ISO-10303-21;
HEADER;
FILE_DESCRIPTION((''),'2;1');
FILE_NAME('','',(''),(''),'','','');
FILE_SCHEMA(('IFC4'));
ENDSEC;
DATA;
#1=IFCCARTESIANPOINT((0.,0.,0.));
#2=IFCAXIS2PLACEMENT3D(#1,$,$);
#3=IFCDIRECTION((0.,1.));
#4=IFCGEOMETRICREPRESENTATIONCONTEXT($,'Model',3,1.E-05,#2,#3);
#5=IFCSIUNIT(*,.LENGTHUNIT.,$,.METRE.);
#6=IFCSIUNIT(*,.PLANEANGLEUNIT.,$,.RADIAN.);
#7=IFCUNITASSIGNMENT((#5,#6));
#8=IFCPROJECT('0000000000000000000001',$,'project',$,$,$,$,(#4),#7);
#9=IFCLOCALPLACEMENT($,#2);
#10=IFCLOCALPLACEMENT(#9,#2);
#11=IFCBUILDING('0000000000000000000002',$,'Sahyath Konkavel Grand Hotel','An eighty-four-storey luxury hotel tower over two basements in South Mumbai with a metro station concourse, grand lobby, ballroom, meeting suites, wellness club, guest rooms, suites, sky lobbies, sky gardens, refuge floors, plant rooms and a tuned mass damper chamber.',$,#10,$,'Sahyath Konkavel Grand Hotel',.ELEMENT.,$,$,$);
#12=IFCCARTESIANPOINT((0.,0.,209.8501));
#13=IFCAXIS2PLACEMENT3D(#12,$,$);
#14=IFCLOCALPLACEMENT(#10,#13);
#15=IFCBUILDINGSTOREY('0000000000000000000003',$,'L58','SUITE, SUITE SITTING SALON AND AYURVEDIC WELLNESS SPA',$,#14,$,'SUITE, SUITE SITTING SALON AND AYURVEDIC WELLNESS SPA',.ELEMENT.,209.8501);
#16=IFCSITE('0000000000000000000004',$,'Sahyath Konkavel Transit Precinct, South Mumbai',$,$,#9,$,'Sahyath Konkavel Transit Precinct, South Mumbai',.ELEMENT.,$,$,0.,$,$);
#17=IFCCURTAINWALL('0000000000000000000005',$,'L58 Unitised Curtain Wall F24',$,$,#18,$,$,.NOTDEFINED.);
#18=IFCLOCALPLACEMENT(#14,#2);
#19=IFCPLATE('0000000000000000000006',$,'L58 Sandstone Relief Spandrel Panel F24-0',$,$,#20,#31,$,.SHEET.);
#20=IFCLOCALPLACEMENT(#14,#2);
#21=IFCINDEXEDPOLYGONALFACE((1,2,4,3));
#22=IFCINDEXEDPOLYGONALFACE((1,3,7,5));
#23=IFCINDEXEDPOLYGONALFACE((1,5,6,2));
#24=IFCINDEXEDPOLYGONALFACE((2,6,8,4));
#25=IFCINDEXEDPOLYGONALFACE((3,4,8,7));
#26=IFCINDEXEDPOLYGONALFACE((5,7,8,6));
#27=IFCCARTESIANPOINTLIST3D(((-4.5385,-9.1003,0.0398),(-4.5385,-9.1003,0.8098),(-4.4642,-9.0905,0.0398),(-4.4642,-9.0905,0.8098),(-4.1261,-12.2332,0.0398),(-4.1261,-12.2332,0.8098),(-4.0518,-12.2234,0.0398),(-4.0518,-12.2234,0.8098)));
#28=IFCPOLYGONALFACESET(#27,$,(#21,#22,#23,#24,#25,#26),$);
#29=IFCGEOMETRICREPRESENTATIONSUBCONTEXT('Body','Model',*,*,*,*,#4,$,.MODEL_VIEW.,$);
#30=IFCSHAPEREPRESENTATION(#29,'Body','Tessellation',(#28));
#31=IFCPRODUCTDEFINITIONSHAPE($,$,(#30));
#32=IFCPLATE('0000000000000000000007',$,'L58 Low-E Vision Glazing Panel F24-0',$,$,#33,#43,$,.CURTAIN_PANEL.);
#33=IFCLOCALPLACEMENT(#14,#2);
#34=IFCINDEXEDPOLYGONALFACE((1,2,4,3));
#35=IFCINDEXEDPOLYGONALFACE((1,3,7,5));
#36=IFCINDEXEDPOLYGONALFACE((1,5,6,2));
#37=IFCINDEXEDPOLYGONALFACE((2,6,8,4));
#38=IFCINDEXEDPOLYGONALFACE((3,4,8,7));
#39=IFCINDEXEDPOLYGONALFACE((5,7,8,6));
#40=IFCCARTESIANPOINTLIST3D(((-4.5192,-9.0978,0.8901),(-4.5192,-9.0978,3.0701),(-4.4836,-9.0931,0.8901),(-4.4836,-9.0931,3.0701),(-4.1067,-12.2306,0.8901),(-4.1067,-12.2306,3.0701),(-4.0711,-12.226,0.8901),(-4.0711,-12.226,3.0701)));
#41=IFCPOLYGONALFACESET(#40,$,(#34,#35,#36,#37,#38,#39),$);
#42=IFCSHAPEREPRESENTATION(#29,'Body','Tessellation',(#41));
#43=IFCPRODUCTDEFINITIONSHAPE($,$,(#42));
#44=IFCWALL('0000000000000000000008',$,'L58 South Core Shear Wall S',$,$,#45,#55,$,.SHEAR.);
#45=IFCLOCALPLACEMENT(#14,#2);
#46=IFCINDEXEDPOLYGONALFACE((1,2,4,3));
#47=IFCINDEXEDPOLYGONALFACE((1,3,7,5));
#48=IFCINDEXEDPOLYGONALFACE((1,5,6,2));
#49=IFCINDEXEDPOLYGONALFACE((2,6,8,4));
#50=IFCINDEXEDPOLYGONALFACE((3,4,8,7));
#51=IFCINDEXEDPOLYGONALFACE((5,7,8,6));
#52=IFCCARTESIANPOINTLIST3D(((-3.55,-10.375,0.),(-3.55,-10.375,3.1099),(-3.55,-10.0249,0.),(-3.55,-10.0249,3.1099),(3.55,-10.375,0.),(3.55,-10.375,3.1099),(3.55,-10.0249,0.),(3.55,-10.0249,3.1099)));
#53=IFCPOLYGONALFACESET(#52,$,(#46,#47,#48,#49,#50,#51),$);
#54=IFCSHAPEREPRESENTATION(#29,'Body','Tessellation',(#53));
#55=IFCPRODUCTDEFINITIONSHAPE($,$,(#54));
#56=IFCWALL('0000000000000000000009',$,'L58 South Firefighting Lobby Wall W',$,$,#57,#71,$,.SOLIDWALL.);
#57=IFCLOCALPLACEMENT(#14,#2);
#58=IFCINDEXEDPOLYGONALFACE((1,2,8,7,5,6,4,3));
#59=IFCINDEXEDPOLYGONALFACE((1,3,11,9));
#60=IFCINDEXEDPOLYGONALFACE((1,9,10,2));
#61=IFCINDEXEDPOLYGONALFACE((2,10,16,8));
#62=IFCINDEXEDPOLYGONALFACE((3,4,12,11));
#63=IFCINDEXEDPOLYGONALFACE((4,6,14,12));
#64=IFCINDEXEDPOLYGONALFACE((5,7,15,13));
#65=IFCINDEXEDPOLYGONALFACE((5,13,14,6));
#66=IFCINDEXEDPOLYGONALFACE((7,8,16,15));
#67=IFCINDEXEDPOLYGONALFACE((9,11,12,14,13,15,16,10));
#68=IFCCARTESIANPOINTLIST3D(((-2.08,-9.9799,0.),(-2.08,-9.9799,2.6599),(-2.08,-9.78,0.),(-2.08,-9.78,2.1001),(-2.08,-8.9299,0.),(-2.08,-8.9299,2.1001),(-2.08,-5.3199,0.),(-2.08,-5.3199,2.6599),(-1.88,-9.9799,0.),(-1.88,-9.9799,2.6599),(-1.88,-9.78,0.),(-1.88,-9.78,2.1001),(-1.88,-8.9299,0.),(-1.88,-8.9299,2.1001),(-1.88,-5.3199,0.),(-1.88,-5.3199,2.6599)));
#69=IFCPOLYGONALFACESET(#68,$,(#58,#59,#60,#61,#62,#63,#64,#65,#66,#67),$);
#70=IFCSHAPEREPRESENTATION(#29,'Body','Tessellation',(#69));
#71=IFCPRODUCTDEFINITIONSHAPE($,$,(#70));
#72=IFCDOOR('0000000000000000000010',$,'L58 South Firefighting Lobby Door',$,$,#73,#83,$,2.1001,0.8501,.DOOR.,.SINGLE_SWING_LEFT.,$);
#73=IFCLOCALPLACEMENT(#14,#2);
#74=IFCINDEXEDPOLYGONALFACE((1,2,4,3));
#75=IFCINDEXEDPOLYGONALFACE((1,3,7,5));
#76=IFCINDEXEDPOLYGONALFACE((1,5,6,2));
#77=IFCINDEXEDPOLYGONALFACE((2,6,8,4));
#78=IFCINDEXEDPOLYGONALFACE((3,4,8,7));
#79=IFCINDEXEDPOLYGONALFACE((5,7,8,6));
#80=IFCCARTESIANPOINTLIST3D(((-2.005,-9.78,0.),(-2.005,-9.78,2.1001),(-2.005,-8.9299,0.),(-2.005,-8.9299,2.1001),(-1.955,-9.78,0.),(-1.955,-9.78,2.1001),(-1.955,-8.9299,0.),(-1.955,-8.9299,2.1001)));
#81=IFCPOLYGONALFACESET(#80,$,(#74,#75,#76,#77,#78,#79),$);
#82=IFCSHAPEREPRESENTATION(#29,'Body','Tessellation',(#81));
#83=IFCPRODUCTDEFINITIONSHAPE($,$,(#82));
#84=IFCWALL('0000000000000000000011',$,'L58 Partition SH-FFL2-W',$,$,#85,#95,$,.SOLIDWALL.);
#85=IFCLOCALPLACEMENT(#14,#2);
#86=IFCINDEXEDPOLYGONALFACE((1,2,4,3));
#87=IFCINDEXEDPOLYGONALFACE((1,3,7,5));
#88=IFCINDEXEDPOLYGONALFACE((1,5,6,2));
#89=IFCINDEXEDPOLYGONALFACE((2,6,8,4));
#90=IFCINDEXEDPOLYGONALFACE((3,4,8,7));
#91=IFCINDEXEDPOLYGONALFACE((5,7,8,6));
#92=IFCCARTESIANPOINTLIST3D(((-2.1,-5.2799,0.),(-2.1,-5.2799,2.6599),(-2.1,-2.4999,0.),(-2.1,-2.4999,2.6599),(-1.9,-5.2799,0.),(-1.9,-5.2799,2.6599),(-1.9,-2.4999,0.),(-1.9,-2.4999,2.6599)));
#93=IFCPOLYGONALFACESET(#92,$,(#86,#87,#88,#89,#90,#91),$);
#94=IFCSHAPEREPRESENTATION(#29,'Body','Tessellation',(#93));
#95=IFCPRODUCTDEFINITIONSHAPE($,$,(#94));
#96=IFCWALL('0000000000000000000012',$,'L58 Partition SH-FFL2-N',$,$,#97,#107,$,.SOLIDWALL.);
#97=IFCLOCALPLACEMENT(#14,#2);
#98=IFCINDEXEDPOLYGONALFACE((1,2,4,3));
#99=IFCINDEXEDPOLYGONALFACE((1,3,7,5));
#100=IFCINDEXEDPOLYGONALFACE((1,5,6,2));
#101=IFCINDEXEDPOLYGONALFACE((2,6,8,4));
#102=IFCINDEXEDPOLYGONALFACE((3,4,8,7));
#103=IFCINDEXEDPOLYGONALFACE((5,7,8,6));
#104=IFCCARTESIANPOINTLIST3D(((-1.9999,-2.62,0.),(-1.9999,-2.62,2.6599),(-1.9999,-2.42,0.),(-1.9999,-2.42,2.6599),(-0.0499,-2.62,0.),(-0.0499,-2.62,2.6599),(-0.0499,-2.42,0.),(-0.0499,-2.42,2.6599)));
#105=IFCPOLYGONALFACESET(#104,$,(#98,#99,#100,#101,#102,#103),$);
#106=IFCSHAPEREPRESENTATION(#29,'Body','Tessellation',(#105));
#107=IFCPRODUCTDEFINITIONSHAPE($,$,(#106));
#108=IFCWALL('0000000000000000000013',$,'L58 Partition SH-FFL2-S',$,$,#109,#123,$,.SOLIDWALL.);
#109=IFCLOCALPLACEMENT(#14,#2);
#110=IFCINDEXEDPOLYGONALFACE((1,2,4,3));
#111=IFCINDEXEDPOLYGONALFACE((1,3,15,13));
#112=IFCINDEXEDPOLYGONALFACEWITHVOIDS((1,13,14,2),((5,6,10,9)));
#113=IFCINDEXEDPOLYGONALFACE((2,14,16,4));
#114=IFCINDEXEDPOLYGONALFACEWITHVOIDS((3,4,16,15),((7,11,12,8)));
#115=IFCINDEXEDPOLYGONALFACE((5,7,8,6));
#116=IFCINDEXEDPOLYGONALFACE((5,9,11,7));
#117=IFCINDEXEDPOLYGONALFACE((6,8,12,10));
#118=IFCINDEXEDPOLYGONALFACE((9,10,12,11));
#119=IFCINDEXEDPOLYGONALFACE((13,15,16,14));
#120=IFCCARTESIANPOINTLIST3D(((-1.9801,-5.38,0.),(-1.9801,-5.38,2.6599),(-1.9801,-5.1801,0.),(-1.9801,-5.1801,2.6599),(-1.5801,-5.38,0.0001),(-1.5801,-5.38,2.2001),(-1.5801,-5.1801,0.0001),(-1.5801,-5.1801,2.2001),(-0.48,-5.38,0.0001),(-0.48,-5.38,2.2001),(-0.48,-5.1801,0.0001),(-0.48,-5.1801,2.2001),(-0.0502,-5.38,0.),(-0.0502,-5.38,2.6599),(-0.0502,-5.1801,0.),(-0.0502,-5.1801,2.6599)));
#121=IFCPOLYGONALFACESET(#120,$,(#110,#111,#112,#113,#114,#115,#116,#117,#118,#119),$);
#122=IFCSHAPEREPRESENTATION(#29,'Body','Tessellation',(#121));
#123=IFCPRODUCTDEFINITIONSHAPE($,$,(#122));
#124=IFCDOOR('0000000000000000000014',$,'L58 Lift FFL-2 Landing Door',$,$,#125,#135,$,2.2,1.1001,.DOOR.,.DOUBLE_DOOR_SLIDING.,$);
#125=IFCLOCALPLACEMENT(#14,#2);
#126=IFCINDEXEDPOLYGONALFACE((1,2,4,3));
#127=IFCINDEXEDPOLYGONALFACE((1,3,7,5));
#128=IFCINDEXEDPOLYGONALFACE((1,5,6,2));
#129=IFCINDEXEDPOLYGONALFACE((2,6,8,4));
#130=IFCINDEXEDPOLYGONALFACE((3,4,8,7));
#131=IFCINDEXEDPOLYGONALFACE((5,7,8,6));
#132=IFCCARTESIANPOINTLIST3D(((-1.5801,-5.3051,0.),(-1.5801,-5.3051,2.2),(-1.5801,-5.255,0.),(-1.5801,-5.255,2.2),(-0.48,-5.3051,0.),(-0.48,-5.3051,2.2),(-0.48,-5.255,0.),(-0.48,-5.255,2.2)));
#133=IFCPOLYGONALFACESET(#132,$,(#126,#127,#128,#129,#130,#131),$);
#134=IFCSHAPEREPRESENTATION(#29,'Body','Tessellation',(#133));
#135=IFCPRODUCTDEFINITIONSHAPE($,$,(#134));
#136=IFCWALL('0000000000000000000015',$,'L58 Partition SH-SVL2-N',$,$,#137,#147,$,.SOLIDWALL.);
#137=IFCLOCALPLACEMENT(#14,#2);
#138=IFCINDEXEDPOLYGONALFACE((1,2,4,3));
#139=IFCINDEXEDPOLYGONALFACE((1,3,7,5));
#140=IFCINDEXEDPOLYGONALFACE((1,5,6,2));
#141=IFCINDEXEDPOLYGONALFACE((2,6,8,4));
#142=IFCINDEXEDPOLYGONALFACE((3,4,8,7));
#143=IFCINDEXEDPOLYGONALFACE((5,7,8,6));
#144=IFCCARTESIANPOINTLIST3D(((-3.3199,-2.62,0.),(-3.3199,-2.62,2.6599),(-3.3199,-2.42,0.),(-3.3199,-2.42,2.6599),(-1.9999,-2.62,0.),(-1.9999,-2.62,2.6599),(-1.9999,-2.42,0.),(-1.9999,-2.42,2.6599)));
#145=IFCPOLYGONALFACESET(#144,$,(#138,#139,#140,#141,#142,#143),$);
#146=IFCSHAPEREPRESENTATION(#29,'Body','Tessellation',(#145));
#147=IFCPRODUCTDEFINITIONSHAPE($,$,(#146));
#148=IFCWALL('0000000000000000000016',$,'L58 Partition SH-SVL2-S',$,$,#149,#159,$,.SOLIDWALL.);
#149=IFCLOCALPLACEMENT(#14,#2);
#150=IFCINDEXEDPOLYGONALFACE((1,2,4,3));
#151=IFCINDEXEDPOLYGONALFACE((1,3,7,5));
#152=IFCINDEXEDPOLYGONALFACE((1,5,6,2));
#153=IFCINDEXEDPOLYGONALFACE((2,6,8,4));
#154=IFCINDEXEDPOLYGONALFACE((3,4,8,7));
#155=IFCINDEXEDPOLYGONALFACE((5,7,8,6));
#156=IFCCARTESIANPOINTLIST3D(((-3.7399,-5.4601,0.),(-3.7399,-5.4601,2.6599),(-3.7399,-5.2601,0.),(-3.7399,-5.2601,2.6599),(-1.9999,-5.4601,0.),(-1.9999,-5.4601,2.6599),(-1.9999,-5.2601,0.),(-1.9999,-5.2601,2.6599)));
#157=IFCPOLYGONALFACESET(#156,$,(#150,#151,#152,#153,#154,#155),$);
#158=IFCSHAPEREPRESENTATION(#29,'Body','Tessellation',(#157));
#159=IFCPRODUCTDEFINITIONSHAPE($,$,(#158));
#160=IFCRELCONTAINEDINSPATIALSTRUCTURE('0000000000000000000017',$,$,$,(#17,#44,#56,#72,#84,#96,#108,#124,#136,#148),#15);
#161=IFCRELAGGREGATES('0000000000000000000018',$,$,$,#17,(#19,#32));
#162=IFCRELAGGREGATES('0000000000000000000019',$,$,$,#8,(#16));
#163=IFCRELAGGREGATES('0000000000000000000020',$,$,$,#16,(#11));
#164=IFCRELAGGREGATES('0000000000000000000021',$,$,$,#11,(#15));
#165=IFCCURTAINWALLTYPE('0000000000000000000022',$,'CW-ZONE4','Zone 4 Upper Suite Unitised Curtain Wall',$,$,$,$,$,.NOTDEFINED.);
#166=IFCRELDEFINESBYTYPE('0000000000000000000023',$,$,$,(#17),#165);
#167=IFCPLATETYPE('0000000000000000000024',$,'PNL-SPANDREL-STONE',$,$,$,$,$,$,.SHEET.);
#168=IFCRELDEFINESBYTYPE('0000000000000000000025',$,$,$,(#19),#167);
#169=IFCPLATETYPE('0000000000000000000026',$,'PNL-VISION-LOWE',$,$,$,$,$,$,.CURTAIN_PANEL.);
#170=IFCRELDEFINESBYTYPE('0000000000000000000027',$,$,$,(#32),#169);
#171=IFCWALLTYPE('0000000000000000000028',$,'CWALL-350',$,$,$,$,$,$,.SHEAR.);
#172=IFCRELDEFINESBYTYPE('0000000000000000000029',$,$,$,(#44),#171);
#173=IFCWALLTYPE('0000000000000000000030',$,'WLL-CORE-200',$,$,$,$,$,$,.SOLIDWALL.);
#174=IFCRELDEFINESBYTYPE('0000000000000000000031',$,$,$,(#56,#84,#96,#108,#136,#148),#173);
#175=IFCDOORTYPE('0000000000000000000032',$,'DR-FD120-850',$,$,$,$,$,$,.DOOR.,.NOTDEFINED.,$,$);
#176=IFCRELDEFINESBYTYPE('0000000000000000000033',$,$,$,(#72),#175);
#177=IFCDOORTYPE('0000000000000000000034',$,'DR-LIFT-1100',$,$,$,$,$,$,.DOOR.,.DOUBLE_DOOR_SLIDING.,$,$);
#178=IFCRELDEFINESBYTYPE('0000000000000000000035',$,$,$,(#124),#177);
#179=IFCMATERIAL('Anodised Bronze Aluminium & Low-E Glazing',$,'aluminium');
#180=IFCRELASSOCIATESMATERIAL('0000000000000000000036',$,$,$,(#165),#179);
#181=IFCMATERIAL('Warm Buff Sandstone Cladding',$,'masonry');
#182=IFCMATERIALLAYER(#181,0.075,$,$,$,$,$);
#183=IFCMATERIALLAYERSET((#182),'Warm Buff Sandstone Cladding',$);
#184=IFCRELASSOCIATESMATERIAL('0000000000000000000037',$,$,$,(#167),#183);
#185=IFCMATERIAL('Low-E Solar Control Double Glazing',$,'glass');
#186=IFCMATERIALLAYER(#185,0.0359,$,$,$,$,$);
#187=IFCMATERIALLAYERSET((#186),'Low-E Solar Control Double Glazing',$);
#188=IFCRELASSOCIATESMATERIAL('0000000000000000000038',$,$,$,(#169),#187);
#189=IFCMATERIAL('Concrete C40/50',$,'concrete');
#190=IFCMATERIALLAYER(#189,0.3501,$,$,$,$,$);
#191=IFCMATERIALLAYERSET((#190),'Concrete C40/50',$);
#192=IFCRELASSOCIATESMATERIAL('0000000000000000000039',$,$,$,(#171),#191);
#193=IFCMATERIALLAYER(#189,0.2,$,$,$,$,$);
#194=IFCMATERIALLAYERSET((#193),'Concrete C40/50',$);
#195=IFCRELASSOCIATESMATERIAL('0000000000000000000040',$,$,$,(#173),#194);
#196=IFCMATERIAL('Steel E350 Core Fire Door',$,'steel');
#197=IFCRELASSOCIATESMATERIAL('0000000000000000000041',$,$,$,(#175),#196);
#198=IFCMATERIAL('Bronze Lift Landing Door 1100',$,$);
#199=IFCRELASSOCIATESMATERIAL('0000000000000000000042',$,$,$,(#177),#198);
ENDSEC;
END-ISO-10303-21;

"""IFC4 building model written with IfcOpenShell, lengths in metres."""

from ifc_helpers import new_model, si_unit, direction, frame, frame_2d, origin, origin_2d, place, context, subcontext, project, spatial, rectangle, extrude, source, transform, mapped, material, layer, layer_set, type_object, element, fill, aggregate, save


model = new_model("IFC4")

# Units and contexts
model_context = context("Model", 3, precision=1e-05, world=origin(), true_north=direction((0.0, 1.0)))
body_context = subcontext(model_context, "Body", "Model", "MODEL_VIEW")
ifc_project = project(units=[si_unit("LENGTHUNIT", "METRE"), si_unit("PLANEANGLEUNIT", "RADIAN")], contexts=[model_context])

# Site, building, storey
site_placement = place(None, origin())
site = spatial("IfcSite", under=ifc_project, at=site_placement, Name="Sahyath Konkavel Transit Precinct, South Mumbai", LongName="Sahyath Konkavel Transit Precinct, South Mumbai", CompositionType="ELEMENT", RefElevation=0.0)
building_placement = place(site_placement, origin())
building = spatial("IfcBuilding", under=site, at=building_placement, Name="Sahyath Konkavel Grand Hotel", Description="An eighty-four-storey luxury hotel tower over two basements in South Mumbai with a metro station concourse, grand lobby, ballroom, meeting suites, wellness club, guest rooms, suites, sky lobbies, sky gardens, refuge floors, plant rooms and a tuned mass damper chamber.", LongName="Sahyath Konkavel Grand Hotel", CompositionType="ELEMENT")
storey_placement = place(building_placement, frame((0.0, 0.0, 209.8501)))
storey = spatial("IfcBuildingStorey", under=building, at=storey_placement, Name="L58", Description="SUITE, SUITE SITTING SALON AND AYURVEDIC WELLNESS SPA", LongName="SUITE, SUITE SITTING SALON AND AYURVEDIC WELLNESS SPA", CompositionType="ELEMENT", Elevation=209.8501)

# Shared definitions
ifc_material_1 = material(Name="Concrete C40/50", Category="concrete")

# Curtain wall, plates
ifc_material_2 = material(Name="Anodised Bronze Aluminium & Low-E Glazing", Category="aluminium")
curtain_wall_type = type_object("IfcCurtainWallType", Name="CW-ZONE4", Description="Zone 4 Upper Suite Unitised Curtain Wall", PredefinedType="NOTDEFINED", material=ifc_material_2)
curtain_wall_placement = place(storey_placement, origin())
curtain_wall = element("IfcCurtainWall", 1, at=curtain_wall_placement, inside=storey, type_object=curtain_wall_type, Name="L58 Unitised Curtain Wall F24", PredefinedType="NOTDEFINED")
ifc_material_3 = material(Name="Warm Buff Sandstone Cladding", Category="masonry")
ifc_layer_1 = layer(ifc_material_3, 0.075)
ifc_layer_set_1 = layer_set([ifc_layer_1], Name="Warm Buff Sandstone Cladding")
plate_type_1 = type_object("IfcPlateType", Name="PNL-SPANDREL-STONE", PredefinedType="SHEET", material=ifc_layer_set_1)
shared_shape_1 = source(origin(), body_context, "Body", "SweptSolid", [
    extrude(rectangle(XDim=3.1599, YDim=0.075, at=origin_2d()), origin(), (0.0, 0.0, 1.0), 0.77),
])
plate_1_placement = place(storey_placement, frame((-4.2952, -10.6619, 0.0398), z_axis=(0.0, 0.0, 1.0), x_axis=(0.130526, -0.991445, 0.0)))
plate_1 = element("IfcPlate", 2, at=plate_1_placement, type_object=plate_type_1, Name="L58 Sandstone Relief Spandrel Panel F24-0", PredefinedType="SHEET", context=body_context, shape_type="MappedRepresentation", body=[
    mapped(shared_shape_1, transform((0.0, 0.0, 0.0), scale=1.0)),
])
ifc_material_4 = material(Name="Low-E Solar Control Double Glazing", Category="glass")
ifc_layer_2 = layer(ifc_material_4, 0.0359)
ifc_layer_set_2 = layer_set([ifc_layer_2], Name="Low-E Solar Control Double Glazing")
plate_type_2 = type_object("IfcPlateType", Name="PNL-VISION-LOWE", PredefinedType="CURTAIN_PANEL", material=ifc_layer_set_2)
shared_shape_2 = source(origin(), body_context, "Body", "SweptSolid", [
    extrude(rectangle(XDim=3.1599, YDim=0.0359, at=origin_2d()), origin(), (0.0, 0.0, 1.0), 2.1799),
])
plate_2_placement = place(storey_placement, frame((-4.2952, -10.6619, 0.8901), z_axis=(0.0, 0.0, 1.0), x_axis=(0.130526, -0.991445, 0.0)))
plate_2 = element("IfcPlate", 3, at=plate_2_placement, type_object=plate_type_2, Name="L58 Low-E Vision Glazing Panel F24-0", PredefinedType="CURTAIN_PANEL", context=body_context, shape_type="MappedRepresentation", body=[
    mapped(shared_shape_2, transform((0.0, 0.0, 0.0), scale=1.0)),
])
aggregate(curtain_wall, [plate_1, plate_2])

# Wall
ifc_layer_3 = layer(ifc_material_1, 0.3501)
ifc_layer_set_3 = layer_set([ifc_layer_3], Name="Concrete C40/50")
wall_type_1 = type_object("IfcWallType", Name="CWALL-350", PredefinedType="SHEAR", material=ifc_layer_set_3)
wall_1_placement = place(storey_placement, frame((-3.55, -10.2, 0.0), z_axis=(0.0, 0.0, 1.0), x_axis=(1.0, 0.0, 0.0)))
element("IfcWall", 4, at=wall_1_placement, inside=storey, type_object=wall_type_1, Name="L58 South Core Shear Wall S", PredefinedType="SHEAR", context=body_context, shape_type="SweptSolid", body=[
    extrude(rectangle(XDim=7.1001, YDim=0.3501, at=frame_2d((3.55, 0.0))), origin(), (0.0, 0.0, 1.0), 3.1099),
])

# Wall, opening, door
ifc_layer_4 = layer(ifc_material_1, 0.2)
ifc_layer_set_4 = layer_set([ifc_layer_4], Name="Concrete C40/50")
wall_type_2 = type_object("IfcWallType", Name="WLL-CORE-200", PredefinedType="SOLIDWALL", material=ifc_layer_set_4)
wall_2_placement = place(storey_placement, frame((-1.98, -9.98, 0.0), z_axis=(0.0, 0.0, 1.0), x_axis=(0.0, 1.0, 0.0)))
wall_2 = element("IfcWall", 5, at=wall_2_placement, inside=storey, type_object=wall_type_2, Name="L58 South Firefighting Lobby Wall W", PredefinedType="SOLIDWALL", context=body_context, shape_type="SweptSolid", body=[
    extrude(rectangle(XDim=4.6599, YDim=0.2, at=frame_2d((2.3301, 0.0))), origin(), (0.0, 0.0, 1.0), 2.6599),
])
opening_1_placement = place(wall_2_placement, frame((0.2, 0.0, 0.0)))
opening_1 = element("IfcOpeningElement", 6, at=opening_1_placement, cuts=wall_2, PredefinedType="OPENING", context=body_context, shape_type="SweptSolid", body=[
    extrude(rectangle(XDim=0.8501, YDim=2.1001, at=frame_2d((0.425, 1.05))), frame((0.0, 0.1099, 0.0), z_axis=(0.0, -1.0, 0.0), x_axis=(1.0, 0.0, 0.0)), (0.0, 0.0, 1.0), 0.22),
])
ifc_material_5 = material(Name="Steel E350 Core Fire Door", Category="steel")
door_type_1 = type_object("IfcDoorType", Name="DR-FD120-850", OperationType="NOTDEFINED", PredefinedType="DOOR", material=ifc_material_5)
shared_shape_3 = source(origin(), body_context, "Body", "SweptSolid", [
    extrude(rectangle(XDim=0.8501, YDim=0.05, at=origin_2d()), origin(), (0.0, 0.0, 1.0), 2.1001),
])
door_1_placement = place(opening_1_placement, frame((0.425, 0.0, 0.0)))
door_1 = element("IfcDoor", 7, at=door_1_placement, inside=storey, type_object=door_type_1, Name="L58 South Firefighting Lobby Door", OperationType="SINGLE_SWING_LEFT", OverallHeight=2.1001, OverallWidth=0.8501, PredefinedType="DOOR", context=body_context, shape_type="MappedRepresentation", body=[
    mapped(shared_shape_3, transform((0.0, 0.0, 0.0), scale=1.0)),
])
fill(opening_1, door_1)

# Walls
wall_3_placement = place(storey_placement, frame((-2.0, -5.28, 0.0), z_axis=(0.0, 0.0, 1.0), x_axis=(0.0, 1.0, 0.0)))
element("IfcWall", 8, at=wall_3_placement, inside=storey, type_object=wall_type_2, Name="L58 Partition SH-FFL2-W", PredefinedType="SOLIDWALL", context=body_context, shape_type="SweptSolid", body=[
    extrude(rectangle(XDim=2.78, YDim=0.2, at=frame_2d((1.3901, 0.0))), origin(), (0.0, 0.0, 1.0), 2.6599),
])
wall_4_placement = place(storey_placement, frame((-2.0, -2.52, 0.0), z_axis=(0.0, 0.0, 1.0), x_axis=(1.0, 0.0, 0.0)))
element("IfcWall", 9, at=wall_4_placement, inside=storey, type_object=wall_type_2, Name="L58 Partition SH-FFL2-N", PredefinedType="SOLIDWALL", context=body_context, shape_type="SweptSolid", body=[
    extrude(rectangle(XDim=1.95, YDim=0.2, at=frame_2d((0.9751, 0.0))), origin(), (0.0, 0.0, 1.0), 2.6599),
])

# Wall, opening, door
wall_5_placement = place(storey_placement, frame((-1.98, -5.28, 0.0), z_axis=(0.0, 0.0, 1.0), x_axis=(1.0, 0.0, 0.0)))
wall_5 = element("IfcWall", 10, at=wall_5_placement, inside=storey, type_object=wall_type_2, Name="L58 Partition SH-FFL2-S", PredefinedType="SOLIDWALL", context=body_context, shape_type="SweptSolid", body=[
    extrude(rectangle(XDim=1.9299, YDim=0.2, at=frame_2d((0.9648, 0.0))), origin(), (0.0, 0.0, 1.0), 2.6599),
])
opening_2_placement = place(wall_5_placement, frame((0.3999, 0.0, 0.0)))
opening_2 = element("IfcOpeningElement", 11, at=opening_2_placement, cuts=wall_5, PredefinedType="OPENING", context=body_context, shape_type="SweptSolid", body=[
    extrude(rectangle(XDim=1.1001, YDim=2.2, at=frame_2d((0.55, 1.1001))), frame((0.0, 0.1099, 0.0), z_axis=(0.0, -1.0, 0.0), x_axis=(1.0, 0.0, 0.0)), (0.0, 0.0, 1.0), 0.22),
])
ifc_material_6 = material(Name="Bronze Lift Landing Door 1100")
door_type_2 = type_object("IfcDoorType", Name="DR-LIFT-1100", OperationType="DOUBLE_DOOR_SLIDING", PredefinedType="DOOR", material=ifc_material_6)
shared_shape_4 = source(origin(), body_context, "Body", "SweptSolid", [
    extrude(rectangle(XDim=1.1001, YDim=0.05, at=origin_2d()), origin(), (0.0, 0.0, 1.0), 2.2),
])
door_2_placement = place(opening_2_placement, frame((0.55, 0.0, 0.0)))
door_2 = element("IfcDoor", 12, at=door_2_placement, inside=storey, type_object=door_type_2, Name="L58 Lift FFL-2 Landing Door", OperationType="DOUBLE_DOOR_SLIDING", OverallHeight=2.2, OverallWidth=1.1001, PredefinedType="DOOR", context=body_context, shape_type="MappedRepresentation", body=[
    mapped(shared_shape_4, transform((0.0, 0.0, 0.0), scale=1.0)),
])
fill(opening_2, door_2)

# Walls
wall_6_placement = place(storey_placement, frame((-3.3201, -2.52, 0.0), z_axis=(0.0, 0.0, 1.0), x_axis=(1.0, 0.0, 0.0)))
element("IfcWall", 13, at=wall_6_placement, inside=storey, type_object=wall_type_2, Name="L58 Partition SH-SVL2-N", PredefinedType="SOLIDWALL", context=body_context, shape_type="SweptSolid", body=[
    extrude(rectangle(XDim=1.3201, YDim=0.2, at=frame_2d((0.6602, 0.0))), origin(), (0.0, 0.0, 1.0), 2.6599),
])
wall_7_placement = place(storey_placement, frame((-3.74, -5.3601, 0.0), z_axis=(0.0, 0.0, 1.0), x_axis=(1.0, 0.0, 0.0)))
element("IfcWall", 14, at=wall_7_placement, inside=storey, type_object=wall_type_2, Name="L58 Partition SH-SVL2-S", PredefinedType="SOLIDWALL", context=body_context, shape_type="SweptSolid", body=[
    extrude(rectangle(XDim=1.74, YDim=0.2, at=frame_2d((0.8701, 0.0))), origin(), (0.0, 0.0, 1.0), 2.6599),
])

save(model, "model.ifc")
